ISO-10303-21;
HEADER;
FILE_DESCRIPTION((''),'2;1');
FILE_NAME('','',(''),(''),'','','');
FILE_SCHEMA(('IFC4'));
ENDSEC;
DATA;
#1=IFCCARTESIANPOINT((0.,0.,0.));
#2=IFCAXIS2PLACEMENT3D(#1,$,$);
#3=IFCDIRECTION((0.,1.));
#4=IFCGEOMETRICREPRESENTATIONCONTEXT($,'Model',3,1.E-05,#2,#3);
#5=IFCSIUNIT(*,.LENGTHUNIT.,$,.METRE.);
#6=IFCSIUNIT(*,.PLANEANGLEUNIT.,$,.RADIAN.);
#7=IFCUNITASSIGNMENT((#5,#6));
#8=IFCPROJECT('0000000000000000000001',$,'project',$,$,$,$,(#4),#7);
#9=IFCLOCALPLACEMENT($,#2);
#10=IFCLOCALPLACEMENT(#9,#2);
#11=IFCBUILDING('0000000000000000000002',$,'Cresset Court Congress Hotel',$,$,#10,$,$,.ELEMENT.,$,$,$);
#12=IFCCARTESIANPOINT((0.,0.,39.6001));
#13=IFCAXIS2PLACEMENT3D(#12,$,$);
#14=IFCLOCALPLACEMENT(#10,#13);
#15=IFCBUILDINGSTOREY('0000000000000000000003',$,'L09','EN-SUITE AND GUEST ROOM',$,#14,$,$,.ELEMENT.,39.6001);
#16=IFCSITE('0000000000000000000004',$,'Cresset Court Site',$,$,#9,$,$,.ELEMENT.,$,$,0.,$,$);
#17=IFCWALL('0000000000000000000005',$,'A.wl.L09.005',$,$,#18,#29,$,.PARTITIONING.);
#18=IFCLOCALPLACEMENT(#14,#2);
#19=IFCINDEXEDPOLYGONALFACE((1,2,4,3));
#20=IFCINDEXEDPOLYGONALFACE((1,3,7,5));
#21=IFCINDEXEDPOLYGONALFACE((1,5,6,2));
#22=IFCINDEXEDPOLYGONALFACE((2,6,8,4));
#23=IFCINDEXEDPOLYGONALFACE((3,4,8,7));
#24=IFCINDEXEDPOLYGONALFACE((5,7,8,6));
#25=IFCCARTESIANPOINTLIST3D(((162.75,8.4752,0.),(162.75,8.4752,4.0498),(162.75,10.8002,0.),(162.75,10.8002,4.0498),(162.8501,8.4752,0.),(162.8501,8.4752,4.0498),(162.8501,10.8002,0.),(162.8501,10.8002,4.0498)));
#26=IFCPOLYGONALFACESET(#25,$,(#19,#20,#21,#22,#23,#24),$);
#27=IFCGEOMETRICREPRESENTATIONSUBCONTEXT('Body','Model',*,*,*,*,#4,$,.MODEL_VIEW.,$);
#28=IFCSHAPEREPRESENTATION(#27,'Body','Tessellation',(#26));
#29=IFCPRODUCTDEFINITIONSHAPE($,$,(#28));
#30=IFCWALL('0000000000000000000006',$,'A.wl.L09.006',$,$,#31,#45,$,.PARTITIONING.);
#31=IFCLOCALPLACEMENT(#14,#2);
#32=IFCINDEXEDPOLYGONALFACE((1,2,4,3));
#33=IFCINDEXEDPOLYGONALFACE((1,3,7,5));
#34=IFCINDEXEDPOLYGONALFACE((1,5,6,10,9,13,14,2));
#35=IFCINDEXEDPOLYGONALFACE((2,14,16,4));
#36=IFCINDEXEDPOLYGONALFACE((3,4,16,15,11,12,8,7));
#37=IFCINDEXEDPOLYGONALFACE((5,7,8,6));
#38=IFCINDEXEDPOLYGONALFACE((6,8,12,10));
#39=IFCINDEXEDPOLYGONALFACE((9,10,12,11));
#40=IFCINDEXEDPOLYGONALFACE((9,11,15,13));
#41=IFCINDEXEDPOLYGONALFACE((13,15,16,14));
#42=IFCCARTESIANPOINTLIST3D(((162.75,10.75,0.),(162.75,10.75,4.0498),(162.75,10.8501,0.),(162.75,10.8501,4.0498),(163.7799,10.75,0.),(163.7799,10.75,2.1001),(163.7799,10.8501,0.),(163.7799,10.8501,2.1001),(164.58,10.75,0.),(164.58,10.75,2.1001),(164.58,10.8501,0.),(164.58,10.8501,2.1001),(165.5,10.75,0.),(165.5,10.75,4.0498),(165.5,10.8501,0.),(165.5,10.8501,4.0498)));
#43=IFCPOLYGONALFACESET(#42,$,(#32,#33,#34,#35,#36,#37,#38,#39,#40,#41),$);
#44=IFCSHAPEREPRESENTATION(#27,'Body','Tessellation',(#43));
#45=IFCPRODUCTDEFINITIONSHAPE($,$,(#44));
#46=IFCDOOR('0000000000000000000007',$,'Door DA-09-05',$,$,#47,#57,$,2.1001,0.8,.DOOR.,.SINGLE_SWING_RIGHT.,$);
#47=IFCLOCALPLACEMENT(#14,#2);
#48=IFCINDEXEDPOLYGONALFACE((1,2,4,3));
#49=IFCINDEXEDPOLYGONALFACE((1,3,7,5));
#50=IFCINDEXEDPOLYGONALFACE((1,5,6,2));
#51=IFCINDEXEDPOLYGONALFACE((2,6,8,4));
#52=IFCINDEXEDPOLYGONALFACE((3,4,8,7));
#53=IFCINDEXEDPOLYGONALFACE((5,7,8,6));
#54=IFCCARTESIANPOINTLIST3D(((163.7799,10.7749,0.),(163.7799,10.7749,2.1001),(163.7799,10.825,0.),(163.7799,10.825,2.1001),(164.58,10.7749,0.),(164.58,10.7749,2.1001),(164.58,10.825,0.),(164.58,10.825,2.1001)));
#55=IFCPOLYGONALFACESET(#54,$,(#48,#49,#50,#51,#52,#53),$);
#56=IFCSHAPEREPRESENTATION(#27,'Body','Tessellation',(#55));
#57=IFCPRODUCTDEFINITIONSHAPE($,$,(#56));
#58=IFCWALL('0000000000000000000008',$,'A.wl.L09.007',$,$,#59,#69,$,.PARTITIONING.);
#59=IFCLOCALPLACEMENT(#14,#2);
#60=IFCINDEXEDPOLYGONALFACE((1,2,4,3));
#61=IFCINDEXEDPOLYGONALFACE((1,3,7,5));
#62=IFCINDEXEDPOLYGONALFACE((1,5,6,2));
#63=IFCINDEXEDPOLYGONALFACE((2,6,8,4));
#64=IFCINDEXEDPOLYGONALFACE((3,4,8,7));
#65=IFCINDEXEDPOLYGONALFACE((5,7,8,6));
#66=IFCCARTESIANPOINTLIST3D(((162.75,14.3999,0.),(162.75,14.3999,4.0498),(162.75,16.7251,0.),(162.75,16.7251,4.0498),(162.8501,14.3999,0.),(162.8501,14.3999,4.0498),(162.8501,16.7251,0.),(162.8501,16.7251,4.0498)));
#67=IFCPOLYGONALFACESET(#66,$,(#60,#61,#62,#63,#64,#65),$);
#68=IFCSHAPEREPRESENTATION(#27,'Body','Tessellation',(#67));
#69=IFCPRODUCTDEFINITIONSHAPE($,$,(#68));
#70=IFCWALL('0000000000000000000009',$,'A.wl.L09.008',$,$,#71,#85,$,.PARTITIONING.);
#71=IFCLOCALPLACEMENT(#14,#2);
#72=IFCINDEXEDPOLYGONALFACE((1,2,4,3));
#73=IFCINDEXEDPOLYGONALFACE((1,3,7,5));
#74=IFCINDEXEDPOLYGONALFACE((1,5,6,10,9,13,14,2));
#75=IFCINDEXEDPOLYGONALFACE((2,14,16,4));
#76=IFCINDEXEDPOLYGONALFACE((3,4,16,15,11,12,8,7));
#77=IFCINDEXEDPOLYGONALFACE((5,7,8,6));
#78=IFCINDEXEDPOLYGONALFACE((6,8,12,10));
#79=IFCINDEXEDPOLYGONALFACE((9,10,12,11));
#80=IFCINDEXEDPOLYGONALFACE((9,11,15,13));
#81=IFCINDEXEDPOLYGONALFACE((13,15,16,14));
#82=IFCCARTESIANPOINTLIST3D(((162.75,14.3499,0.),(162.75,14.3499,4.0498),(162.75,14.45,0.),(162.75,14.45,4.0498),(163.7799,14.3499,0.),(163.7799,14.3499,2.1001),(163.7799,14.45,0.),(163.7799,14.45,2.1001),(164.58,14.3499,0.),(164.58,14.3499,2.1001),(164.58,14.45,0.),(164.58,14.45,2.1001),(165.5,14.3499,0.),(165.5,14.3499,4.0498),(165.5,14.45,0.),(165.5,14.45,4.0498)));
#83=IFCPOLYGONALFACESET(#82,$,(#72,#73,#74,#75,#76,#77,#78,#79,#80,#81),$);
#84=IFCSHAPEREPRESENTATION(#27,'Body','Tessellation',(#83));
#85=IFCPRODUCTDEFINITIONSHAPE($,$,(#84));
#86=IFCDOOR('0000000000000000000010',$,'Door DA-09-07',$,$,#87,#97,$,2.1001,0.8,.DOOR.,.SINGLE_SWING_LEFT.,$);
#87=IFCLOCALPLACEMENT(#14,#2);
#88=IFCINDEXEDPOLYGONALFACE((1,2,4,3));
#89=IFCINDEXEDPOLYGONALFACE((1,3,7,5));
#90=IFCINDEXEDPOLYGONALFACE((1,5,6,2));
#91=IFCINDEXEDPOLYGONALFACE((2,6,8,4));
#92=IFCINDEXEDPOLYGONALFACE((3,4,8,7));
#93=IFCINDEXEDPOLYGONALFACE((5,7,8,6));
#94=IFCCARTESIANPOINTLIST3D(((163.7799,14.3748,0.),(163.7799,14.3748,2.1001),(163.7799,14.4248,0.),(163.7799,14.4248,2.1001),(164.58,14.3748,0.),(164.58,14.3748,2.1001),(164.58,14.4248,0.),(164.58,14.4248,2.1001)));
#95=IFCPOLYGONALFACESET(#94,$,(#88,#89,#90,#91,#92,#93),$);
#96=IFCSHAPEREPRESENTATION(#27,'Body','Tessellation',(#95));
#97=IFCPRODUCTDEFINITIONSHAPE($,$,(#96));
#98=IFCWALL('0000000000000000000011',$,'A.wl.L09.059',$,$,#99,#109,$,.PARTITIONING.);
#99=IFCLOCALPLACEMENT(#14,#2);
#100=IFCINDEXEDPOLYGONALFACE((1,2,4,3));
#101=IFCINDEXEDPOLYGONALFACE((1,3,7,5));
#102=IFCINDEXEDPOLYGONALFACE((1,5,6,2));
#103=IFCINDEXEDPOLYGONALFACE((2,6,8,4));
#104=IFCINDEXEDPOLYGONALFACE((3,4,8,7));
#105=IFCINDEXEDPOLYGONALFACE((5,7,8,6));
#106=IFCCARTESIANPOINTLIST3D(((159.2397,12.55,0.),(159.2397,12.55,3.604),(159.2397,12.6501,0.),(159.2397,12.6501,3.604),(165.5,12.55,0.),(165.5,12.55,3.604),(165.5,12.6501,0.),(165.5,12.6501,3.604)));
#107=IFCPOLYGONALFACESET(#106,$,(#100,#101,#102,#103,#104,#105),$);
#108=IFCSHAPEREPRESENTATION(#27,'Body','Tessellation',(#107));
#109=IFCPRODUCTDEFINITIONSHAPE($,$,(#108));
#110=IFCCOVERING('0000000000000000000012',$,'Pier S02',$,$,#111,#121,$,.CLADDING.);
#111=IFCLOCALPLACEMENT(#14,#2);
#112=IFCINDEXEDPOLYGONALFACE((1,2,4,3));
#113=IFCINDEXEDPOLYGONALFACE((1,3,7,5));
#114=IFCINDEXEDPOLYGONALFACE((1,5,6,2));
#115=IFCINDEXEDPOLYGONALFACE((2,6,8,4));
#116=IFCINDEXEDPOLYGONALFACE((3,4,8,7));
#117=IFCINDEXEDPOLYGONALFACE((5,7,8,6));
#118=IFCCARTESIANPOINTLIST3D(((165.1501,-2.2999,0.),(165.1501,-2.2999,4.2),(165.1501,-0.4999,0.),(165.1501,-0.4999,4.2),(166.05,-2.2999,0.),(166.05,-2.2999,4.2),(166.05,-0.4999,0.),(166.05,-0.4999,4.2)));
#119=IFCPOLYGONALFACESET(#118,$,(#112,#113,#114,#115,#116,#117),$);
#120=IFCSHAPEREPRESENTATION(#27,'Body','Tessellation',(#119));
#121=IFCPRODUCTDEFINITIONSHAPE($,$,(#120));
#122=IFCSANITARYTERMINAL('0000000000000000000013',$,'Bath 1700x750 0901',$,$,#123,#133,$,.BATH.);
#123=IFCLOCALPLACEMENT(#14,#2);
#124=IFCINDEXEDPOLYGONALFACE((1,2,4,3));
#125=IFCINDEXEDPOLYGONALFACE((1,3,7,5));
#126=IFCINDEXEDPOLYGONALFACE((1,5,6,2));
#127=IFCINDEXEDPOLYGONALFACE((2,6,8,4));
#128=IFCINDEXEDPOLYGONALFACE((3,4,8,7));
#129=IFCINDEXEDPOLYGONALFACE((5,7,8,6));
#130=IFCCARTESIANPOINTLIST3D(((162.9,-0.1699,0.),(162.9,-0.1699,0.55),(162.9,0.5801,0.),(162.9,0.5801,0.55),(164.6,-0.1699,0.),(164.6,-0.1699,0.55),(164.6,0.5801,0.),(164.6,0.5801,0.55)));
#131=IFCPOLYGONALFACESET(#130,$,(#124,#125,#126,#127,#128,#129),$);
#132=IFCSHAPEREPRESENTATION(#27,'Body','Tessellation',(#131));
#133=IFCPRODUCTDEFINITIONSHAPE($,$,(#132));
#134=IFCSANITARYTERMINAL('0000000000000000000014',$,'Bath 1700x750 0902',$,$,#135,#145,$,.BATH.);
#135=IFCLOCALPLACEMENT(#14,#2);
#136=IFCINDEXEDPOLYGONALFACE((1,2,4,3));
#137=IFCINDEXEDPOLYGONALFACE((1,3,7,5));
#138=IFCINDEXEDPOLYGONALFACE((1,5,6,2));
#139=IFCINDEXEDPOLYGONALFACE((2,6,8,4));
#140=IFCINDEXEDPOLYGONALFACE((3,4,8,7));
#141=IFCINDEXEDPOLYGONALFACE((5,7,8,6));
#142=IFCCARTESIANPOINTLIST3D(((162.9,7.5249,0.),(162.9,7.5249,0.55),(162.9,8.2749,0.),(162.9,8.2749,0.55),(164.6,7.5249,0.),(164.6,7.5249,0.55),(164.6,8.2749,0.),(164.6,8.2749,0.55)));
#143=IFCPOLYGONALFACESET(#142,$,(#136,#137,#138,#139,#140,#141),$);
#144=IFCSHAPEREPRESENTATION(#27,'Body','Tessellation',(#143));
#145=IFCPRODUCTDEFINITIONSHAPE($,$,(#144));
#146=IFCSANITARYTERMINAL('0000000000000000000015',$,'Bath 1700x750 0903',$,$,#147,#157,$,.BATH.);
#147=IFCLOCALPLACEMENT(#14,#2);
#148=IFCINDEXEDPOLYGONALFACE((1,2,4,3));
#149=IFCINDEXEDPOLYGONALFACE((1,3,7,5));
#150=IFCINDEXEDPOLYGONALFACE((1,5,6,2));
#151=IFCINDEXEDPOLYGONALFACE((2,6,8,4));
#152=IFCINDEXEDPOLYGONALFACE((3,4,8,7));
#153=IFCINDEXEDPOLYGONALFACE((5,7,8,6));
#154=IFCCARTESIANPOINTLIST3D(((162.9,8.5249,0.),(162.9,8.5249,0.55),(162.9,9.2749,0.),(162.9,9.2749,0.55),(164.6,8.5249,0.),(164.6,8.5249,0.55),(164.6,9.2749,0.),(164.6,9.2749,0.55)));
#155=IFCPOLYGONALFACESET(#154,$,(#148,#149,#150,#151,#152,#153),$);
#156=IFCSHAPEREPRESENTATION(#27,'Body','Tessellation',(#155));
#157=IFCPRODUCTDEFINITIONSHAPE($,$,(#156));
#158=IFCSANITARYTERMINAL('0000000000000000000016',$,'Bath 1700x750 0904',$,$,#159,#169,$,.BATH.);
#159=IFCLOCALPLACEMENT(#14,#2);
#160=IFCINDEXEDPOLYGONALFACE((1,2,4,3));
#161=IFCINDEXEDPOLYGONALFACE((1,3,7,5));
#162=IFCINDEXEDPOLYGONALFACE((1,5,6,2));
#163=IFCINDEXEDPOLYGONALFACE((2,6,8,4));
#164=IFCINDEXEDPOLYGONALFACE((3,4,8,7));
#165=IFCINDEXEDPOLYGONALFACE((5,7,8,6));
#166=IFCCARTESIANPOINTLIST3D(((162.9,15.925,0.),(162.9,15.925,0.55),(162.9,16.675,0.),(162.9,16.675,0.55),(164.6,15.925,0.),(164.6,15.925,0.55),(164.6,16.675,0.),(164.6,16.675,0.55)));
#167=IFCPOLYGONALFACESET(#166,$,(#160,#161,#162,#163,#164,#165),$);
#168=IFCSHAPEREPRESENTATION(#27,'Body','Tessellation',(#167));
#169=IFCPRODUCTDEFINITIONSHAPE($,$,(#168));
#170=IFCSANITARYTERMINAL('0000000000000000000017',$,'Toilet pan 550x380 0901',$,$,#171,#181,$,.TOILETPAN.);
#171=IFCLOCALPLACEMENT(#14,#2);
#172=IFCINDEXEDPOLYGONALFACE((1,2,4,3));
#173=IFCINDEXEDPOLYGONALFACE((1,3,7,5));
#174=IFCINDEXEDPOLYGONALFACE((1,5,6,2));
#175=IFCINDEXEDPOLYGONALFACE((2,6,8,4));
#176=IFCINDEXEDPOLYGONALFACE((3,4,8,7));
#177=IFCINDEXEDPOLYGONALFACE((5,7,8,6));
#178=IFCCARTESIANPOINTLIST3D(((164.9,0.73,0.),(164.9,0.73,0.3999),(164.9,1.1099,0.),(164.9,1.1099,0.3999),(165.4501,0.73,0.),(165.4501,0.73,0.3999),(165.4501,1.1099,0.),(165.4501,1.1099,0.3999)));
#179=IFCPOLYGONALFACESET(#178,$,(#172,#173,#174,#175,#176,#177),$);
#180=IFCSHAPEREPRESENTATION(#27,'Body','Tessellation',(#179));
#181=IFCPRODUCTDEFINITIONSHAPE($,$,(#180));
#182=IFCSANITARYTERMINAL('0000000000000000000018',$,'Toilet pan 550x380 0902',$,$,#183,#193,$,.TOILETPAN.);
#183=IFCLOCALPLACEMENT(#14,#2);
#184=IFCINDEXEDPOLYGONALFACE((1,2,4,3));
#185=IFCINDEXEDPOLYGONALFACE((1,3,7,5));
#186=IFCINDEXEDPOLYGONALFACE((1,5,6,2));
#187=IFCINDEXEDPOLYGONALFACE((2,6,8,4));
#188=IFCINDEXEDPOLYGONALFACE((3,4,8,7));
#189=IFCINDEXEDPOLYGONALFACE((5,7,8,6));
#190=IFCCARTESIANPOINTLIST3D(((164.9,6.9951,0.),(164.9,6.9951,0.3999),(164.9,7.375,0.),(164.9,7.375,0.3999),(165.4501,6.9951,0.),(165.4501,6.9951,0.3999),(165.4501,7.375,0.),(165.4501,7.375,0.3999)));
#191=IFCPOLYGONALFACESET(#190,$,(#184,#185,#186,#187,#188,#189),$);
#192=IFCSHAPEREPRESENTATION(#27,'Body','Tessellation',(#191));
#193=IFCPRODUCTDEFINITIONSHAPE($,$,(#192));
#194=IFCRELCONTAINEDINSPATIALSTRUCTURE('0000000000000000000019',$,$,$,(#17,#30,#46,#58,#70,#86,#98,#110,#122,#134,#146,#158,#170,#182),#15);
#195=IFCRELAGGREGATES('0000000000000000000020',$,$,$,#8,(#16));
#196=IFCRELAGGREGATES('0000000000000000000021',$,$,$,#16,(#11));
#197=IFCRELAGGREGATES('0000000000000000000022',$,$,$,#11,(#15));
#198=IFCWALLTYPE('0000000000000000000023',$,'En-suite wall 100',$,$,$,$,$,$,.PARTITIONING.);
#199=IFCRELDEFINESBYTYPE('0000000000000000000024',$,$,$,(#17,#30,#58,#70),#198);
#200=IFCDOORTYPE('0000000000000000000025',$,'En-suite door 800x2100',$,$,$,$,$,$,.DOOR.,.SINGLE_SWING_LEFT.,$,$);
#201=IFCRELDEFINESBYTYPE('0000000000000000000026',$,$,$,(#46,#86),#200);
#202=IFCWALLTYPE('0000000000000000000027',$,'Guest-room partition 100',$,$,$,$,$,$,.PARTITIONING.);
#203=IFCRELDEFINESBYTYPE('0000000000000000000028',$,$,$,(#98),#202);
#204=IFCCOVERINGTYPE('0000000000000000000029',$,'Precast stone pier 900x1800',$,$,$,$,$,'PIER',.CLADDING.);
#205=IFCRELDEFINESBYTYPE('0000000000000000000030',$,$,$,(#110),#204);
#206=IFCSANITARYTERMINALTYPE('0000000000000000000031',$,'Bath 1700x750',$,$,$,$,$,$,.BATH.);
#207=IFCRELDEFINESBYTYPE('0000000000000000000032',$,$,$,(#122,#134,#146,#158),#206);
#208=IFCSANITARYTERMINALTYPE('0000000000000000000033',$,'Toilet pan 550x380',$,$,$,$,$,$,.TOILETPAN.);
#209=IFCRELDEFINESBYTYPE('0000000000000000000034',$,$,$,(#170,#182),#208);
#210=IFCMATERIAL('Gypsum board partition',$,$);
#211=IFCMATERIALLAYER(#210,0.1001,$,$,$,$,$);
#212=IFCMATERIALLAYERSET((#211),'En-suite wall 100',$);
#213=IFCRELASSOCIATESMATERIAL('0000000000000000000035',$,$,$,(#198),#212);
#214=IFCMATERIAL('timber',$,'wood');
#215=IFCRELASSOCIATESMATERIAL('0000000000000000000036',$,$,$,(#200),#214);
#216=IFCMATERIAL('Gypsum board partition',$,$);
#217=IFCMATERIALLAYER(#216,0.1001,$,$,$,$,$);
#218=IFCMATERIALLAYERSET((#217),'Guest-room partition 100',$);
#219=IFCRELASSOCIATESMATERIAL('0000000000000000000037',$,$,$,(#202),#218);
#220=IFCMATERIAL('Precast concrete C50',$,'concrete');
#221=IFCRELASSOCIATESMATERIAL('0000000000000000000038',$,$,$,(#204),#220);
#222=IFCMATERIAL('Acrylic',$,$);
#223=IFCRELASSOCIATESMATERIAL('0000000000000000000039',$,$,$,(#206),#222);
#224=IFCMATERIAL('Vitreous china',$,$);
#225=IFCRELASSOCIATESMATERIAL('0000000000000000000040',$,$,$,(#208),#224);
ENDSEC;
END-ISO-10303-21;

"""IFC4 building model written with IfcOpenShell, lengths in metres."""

from ifc_helpers import new_model, si_unit, direction, frame, frame_2d, origin, origin_2d, place, context, subcontext, project, spatial, rectangle, extrude, material, layer, layer_set, type_object, element, fill, save


model = new_model("IFC4")

# Units and contexts
model_context = context("Model", 3, precision=1e-05, world=origin(), true_north=direction((0.0, 1.0)))
body_context = subcontext(model_context, "Body", "Model", "MODEL_VIEW")
ifc_project = project(units=[si_unit("LENGTHUNIT", "METRE"), si_unit("PLANEANGLEUNIT", "RADIAN")], contexts=[model_context])

# Site, building, storey
site_placement = place(None, origin())
site = spatial("IfcSite", under=ifc_project, at=site_placement, Name="Cresset Court Site", CompositionType="ELEMENT", RefElevation=0.0)
building_placement = place(site_placement, origin())
building = spatial("IfcBuilding", under=site, at=building_placement, Name="Cresset Court Congress Hotel", CompositionType="ELEMENT")
storey_placement = place(building_placement, frame((0.0, 0.0, 39.6001)))
storey = spatial("IfcBuildingStorey", under=building, at=storey_placement, Name="L09", Description="EN-SUITE AND GUEST ROOM", CompositionType="ELEMENT", Elevation=39.6001)

# Shared definitions
ifc_material_1 = material(Name="Gypsum board partition")
ifc_layer_1 = layer(ifc_material_1, 0.1001)
ifc_layer_set_1 = layer_set([ifc_layer_1], Name="En-suite wall 100")
wall_type_1 = type_object("IfcWallType", Name="En-suite wall 100", PredefinedType="PARTITIONING", material=ifc_layer_set_1)

# Shared definitions
ifc_material_2 = material(Name="timber", Category="wood")
door_type_1 = type_object("IfcDoorType", Name="En-suite door 800x2100", OperationType="SINGLE_SWING_LEFT", PredefinedType="DOOR", material=ifc_material_2)

# Wall
wall_1_placement = place(storey_placement, frame((162.8, 8.4751, 0.0), z_axis=(0.0, 0.0, 1.0), x_axis=(0.0, 1.0, 0.0)))
element("IfcWall", 1, at=wall_1_placement, inside=storey, type_object=wall_type_1, Name="A.wl.L09.005", PredefinedType="PARTITIONING", context=body_context, shape_type="SweptSolid", body=[
    extrude(rectangle(XDim=2.325, YDim=0.1001, at=frame_2d((1.1626, 0.0))), origin(), (0.0, 0.0, 1.0), 4.0498),
])

# Wall, opening, door
wall_2_placement = place(storey_placement, frame((162.75, 10.8, 0.0), z_axis=(0.0, 0.0, 1.0), x_axis=(1.0, 0.0, 0.0)))
wall_2 = element("IfcWall", 2, at=wall_2_placement, inside=storey, type_object=wall_type_1, Name="A.wl.L09.006", PredefinedType="PARTITIONING", context=body_context, shape_type="SweptSolid", body=[
    extrude(rectangle(XDim=2.75, YDim=0.1001, at=frame_2d((1.375, 0.0))), origin(), (0.0, 0.0, 1.0), 4.0498),
])
opening_1_placement = place(wall_2_placement, frame((1.03, 0.0, 0.0)))
opening_1 = element("IfcOpeningElement", 3, at=opening_1_placement, cuts=wall_2, PredefinedType="OPENING", context=body_context, shape_type="SweptSolid", body=[
    extrude(rectangle(XDim=0.8, YDim=2.1001, at=frame_2d((0.3999, 1.05))), frame((0.0, 0.0601, 0.0), z_axis=(0.0, -1.0, 0.0), x_axis=(1.0, 0.0, 0.0)), (0.0, 0.0, 1.0), 0.1201),
])
door_1_placement = place(opening_1_placement, origin())
door_1 = element("IfcDoor", 4, at=door_1_placement, inside=storey, type_object=door_type_1, Name="Door DA-09-05", OperationType="SINGLE_SWING_RIGHT", OverallHeight=2.1001, OverallWidth=0.8, PredefinedType="DOOR", context=body_context, shape_type="SweptSolid", body=[
    extrude(rectangle(XDim=0.8, YDim=2.1001, at=frame_2d((0.3999, 1.05))), frame((0.0, 0.0249, 0.0), z_axis=(0.0, -1.0, 0.0), x_axis=(1.0, 0.0, 0.0)), (0.0, 0.0, 1.0), 0.05),
])
fill(opening_1, door_1)

# Wall
wall_3_placement = place(storey_placement, frame((162.8, 14.3999, 0.0), z_axis=(0.0, 0.0, 1.0), x_axis=(0.0, 1.0, 0.0)))
element("IfcWall", 5, at=wall_3_placement, inside=storey, type_object=wall_type_1, Name="A.wl.L09.007", PredefinedType="PARTITIONING", context=body_context, shape_type="SweptSolid", body=[
    extrude(rectangle(XDim=2.3252, YDim=0.1001, at=frame_2d((1.1626, 0.0))), origin(), (0.0, 0.0, 1.0), 4.0498),
])

# Wall, opening, door
wall_4_placement = place(storey_placement, frame((162.75, 14.3999, 0.0), z_axis=(0.0, 0.0, 1.0), x_axis=(1.0, 0.0, 0.0)))
wall_4 = element("IfcWall", 6, at=wall_4_placement, inside=storey, type_object=wall_type_1, Name="A.wl.L09.008", PredefinedType="PARTITIONING", context=body_context, shape_type="SweptSolid", body=[
    extrude(rectangle(XDim=2.75, YDim=0.1001, at=frame_2d((1.375, 0.0))), origin(), (0.0, 0.0, 1.0), 4.0498),
])
opening_2_placement = place(wall_4_placement, frame((1.03, 0.0, 0.0)))
opening_2 = element("IfcOpeningElement", 7, at=opening_2_placement, cuts=wall_4, PredefinedType="OPENING", context=body_context, shape_type="SweptSolid", body=[
    extrude(rectangle(XDim=0.8, YDim=2.1001, at=frame_2d((0.3999, 1.05))), frame((0.0, 0.0601, 0.0), z_axis=(0.0, -1.0, 0.0), x_axis=(1.0, 0.0, 0.0)), (0.0, 0.0, 1.0), 0.1201),
])
door_2_placement = place(opening_2_placement, origin())
door_2 = element("IfcDoor", 8, at=door_2_placement, inside=storey, type_object=door_type_1, Name="Door DA-09-07", OperationType="SINGLE_SWING_LEFT", OverallHeight=2.1001, OverallWidth=0.8, PredefinedType="DOOR", context=body_context, shape_type="SweptSolid", body=[
    extrude(rectangle(XDim=0.8, YDim=2.1001, at=frame_2d((0.3999, 1.05))), frame((0.0, 0.0249, 0.0), z_axis=(0.0, -1.0, 0.0), x_axis=(1.0, 0.0, 0.0)), (0.0, 0.0, 1.0), 0.05),
])
fill(opening_2, door_2)

# Wall
ifc_material_3 = material(Name="Gypsum board partition")
ifc_layer_2 = layer(ifc_material_3, 0.1001)
ifc_layer_set_2 = layer_set([ifc_layer_2], Name="Guest-room partition 100")
wall_type_2 = type_object("IfcWallType", Name="Guest-room partition 100", PredefinedType="PARTITIONING", material=ifc_layer_set_2)
wall_5_placement = place(storey_placement, frame((159.2397, 12.6001, 0.0), z_axis=(0.0, 0.0, 1.0), x_axis=(1.0, 0.0, 0.0)))
element("IfcWall", 9, at=wall_5_placement, inside=storey, type_object=wall_type_2, Name="A.wl.L09.059", PredefinedType="PARTITIONING", context=body_context, shape_type="SweptSolid", body=[
    extrude(rectangle(XDim=6.2603, YDim=0.1001, at=frame_2d((3.1301, 0.0))), origin(), (0.0, 0.0, 1.0), 3.604),
])

# Covering
ifc_material_4 = material(Name="Precast concrete C50", Category="concrete")
covering_type = type_object("IfcCoveringType", Name="Precast stone pier 900x1800", ElementType="PIER", PredefinedType="CLADDING", material=ifc_material_4)
covering_placement = place(storey_placement, frame((165.6001, -1.3999, 0.0), z_axis=(0.0, 0.0, 1.0), x_axis=(1.0, 0.0, 0.0)))
element("IfcCovering", 10, at=covering_placement, inside=storey, type_object=covering_type, Name="Pier S02", PredefinedType="CLADDING", context=body_context, shape_type="SweptSolid", body=[
    extrude(rectangle(XDim=0.8999, YDim=1.8, at=origin_2d()), origin(), (0.0, 0.0, 1.0), 4.2),
])

# Sanitary terminals
ifc_material_5 = material(Name="Acrylic")
sanitary_terminal_type_1 = type_object("IfcSanitaryTerminalType", Name="Bath 1700x750", PredefinedType="BATH", material=ifc_material_5)
for number, where, z_axis, x_axis, name in (
    (11, (163.75, 0.2051, 0.0), (0.0, 0.0, 1.0), (1.0, 0.0, 0.0), "Bath 1700x750 0901"),
    (12, (163.75, 7.8999, 0.0), (0.0, 0.0, 1.0), (1.0, 0.0, 0.0), "Bath 1700x750 0902"),
    (13, (163.75, 8.8999, 0.0), (0.0, 0.0, 1.0), (1.0, 0.0, 0.0), "Bath 1700x750 0903"),
    (14, (163.75, 16.3, 0.0), (0.0, 0.0, 1.0), (1.0, 0.0, 0.0), "Bath 1700x750 0904"),
):
    element("IfcSanitaryTerminal", number, at=place(storey_placement, frame(where, z_axis=z_axis, x_axis=x_axis)), inside=storey, type_object=sanitary_terminal_type_1, Name=name, PredefinedType="BATH", context=body_context, shape_type="SweptSolid", body=[
        extrude(rectangle(XDim=1.7, YDim=0.75, at=origin_2d()), origin(), (0.0, 0.0, 1.0), 0.55),
    ])
ifc_material_6 = material(Name="Vitreous china")
sanitary_terminal_type_2 = type_object("IfcSanitaryTerminalType", Name="Toilet pan 550x380", PredefinedType="TOILETPAN", material=ifc_material_6)
for number, where, z_axis, x_axis, name in (
    (15, (165.175, 0.9199, 0.0), (0.0, 0.0, 1.0), (1.0, 0.0, 0.0), "Toilet pan 550x380 0901"),
    (16, (165.175, 7.1851, 0.0), (0.0, 0.0, 1.0), (1.0, 0.0, 0.0), "Toilet pan 550x380 0902"),
):
    element("IfcSanitaryTerminal", number, at=place(storey_placement, frame(where, z_axis=z_axis, x_axis=x_axis)), inside=storey, type_object=sanitary_terminal_type_2, Name=name, PredefinedType="TOILETPAN", context=body_context, shape_type="SweptSolid", body=[
        extrude(rectangle(XDim=0.55, YDim=0.3799, at=origin_2d()), origin(), (0.0, 0.0, 1.0), 0.3999),
    ])

save(model, "model.ifc")
